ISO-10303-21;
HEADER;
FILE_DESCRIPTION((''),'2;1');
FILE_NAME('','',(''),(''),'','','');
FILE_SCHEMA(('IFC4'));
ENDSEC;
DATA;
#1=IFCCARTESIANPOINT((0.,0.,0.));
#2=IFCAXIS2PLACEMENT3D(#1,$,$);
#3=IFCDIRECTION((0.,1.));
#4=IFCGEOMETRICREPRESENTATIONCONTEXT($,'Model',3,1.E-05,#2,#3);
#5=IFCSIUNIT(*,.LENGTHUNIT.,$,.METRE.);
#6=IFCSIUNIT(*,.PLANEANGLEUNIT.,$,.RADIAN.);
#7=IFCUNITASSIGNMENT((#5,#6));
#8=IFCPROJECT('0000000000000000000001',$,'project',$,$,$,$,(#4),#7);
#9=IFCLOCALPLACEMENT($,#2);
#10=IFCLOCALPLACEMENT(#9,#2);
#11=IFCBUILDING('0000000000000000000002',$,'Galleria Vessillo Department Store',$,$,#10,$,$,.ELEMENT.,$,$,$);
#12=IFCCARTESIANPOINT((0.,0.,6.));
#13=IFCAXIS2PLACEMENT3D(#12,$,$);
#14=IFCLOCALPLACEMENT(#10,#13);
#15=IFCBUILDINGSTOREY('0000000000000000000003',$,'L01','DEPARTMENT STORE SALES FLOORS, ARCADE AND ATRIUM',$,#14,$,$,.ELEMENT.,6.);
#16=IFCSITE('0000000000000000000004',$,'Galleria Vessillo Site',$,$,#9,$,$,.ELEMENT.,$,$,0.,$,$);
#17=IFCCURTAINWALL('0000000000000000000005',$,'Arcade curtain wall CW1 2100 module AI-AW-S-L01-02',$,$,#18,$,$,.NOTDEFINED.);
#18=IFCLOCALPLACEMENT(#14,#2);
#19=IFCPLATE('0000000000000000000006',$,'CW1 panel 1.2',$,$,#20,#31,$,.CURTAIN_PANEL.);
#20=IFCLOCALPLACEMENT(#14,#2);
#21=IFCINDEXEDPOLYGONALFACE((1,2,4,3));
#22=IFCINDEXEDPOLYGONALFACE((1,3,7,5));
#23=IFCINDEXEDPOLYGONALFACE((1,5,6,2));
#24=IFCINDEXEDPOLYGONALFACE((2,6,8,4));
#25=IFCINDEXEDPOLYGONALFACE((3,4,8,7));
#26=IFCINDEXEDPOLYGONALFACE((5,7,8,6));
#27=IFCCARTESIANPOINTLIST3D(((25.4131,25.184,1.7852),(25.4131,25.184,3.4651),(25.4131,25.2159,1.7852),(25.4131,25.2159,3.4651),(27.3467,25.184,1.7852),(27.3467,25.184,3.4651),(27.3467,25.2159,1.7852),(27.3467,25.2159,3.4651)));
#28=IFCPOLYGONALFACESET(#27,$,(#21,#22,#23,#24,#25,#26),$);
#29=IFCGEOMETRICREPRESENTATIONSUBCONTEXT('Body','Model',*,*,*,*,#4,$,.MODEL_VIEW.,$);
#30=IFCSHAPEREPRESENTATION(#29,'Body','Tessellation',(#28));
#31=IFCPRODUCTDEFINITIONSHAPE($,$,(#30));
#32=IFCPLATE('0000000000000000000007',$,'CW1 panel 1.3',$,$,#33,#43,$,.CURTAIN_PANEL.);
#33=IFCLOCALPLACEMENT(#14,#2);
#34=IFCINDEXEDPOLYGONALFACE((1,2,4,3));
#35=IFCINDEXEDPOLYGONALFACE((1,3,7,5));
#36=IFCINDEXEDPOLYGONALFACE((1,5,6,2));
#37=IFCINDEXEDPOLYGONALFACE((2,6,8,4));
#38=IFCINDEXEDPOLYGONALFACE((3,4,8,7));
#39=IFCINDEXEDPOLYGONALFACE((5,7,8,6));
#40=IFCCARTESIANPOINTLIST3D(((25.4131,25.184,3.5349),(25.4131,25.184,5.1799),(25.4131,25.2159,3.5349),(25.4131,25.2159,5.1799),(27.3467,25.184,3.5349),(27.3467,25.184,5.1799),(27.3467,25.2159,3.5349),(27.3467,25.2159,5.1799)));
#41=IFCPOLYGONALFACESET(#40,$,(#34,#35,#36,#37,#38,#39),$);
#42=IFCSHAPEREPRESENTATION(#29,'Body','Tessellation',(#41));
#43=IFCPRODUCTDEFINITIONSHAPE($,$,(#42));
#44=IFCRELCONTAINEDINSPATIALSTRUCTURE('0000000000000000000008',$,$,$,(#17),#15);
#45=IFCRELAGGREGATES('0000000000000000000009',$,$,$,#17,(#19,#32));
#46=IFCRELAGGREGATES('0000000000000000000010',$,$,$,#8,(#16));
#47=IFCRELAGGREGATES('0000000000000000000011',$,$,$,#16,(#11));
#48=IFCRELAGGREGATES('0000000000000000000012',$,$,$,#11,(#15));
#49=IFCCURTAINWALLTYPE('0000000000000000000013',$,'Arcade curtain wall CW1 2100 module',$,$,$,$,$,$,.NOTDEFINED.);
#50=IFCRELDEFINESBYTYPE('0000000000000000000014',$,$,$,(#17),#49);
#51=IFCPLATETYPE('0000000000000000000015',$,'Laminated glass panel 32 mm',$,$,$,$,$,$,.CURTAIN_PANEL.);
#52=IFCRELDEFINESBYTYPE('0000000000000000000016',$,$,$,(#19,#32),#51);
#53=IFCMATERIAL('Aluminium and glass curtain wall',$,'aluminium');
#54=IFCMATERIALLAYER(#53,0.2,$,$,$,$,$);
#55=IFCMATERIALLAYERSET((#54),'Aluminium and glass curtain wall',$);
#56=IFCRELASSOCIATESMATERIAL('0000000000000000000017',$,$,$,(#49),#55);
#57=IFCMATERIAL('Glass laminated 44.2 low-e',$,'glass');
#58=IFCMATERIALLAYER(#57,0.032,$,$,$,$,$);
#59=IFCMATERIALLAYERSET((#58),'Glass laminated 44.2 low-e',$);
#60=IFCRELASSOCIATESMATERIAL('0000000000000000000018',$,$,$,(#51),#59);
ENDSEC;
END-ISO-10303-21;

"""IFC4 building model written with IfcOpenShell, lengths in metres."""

from ifc_helpers import new_model, si_unit, direction, frame, origin, origin_2d, place, context, subcontext, project, spatial, rectangle, extrude, material, layer, layer_set, type_object, element, aggregate, save


model = new_model("IFC4")

# Units and contexts
model_context = context("Model", 3, precision=1e-05, world=origin(), true_north=direction((0.0, 1.0)))
body_context = subcontext(model_context, "Body", "Model", "MODEL_VIEW")
ifc_project = project(units=[si_unit("LENGTHUNIT", "METRE"), si_unit("PLANEANGLEUNIT", "RADIAN")], contexts=[model_context])

# Site, building, storey
site_placement = place(None, origin())
site = spatial("IfcSite", under=ifc_project, at=site_placement, Name="Galleria Vessillo Site", CompositionType="ELEMENT", RefElevation=0.0)
building_placement = place(site_placement, origin())
building = spatial("IfcBuilding", under=site, at=building_placement, Name="Galleria Vessillo Department Store", CompositionType="ELEMENT")
storey_placement = place(building_placement, frame((0.0, 0.0, 6.0)))
storey = spatial("IfcBuildingStorey", under=building, at=storey_placement, Name="L01", Description="DEPARTMENT STORE SALES FLOORS, ARCADE AND ATRIUM", CompositionType="ELEMENT", Elevation=6.0)

# Curtain wall
ifc_material_1 = material(Name="Aluminium and glass curtain wall", Category="aluminium")
ifc_layer_1 = layer(ifc_material_1, 0.2)
ifc_layer_set_1 = layer_set([ifc_layer_1], Name="Aluminium and glass curtain wall")
curtain_wall_type = type_object("IfcCurtainWallType", Name="Arcade curtain wall CW1 2100 module", PredefinedType="NOTDEFINED", material=ifc_layer_set_1)
curtain_wall_1_placement = place(storey_placement, origin())
curtain_wall_1 = element("IfcCurtainWall", 1, at=curtain_wall_1_placement, inside=storey, type_object=curtain_wall_type, Name="Arcade curtain wall CW1 2100 module AI-AW-S-L01-02", PredefinedType="NOTDEFINED")

# Plates
ifc_material_2 = material(Name="Glass laminated 44.2 low-e", Category="glass")
ifc_layer_2 = layer(ifc_material_2, 0.032)
ifc_layer_set_2 = layer_set([ifc_layer_2], Name="Glass laminated 44.2 low-e")
plate_type = type_object("IfcPlateType", Name="Laminated glass panel 32 mm", PredefinedType="CURTAIN_PANEL", material=ifc_layer_set_2)
plate_1_placement = place(storey_placement, frame((26.3799, 25.2, 1.7852), z_axis=(0.0, 0.0, 1.0), x_axis=(1.0, 0.0, 0.0)))
plate_1 = element("IfcPlate", 2, at=plate_1_placement, type_object=plate_type, Name="CW1 panel 1.2", PredefinedType="CURTAIN_PANEL", context=body_context, shape_type="SweptSolid", body=[
    extrude(rectangle(XDim=1.9336, YDim=0.032, at=origin_2d()), origin(), (0.0, 0.0, 1.0), 1.6799),
])
plate_2_placement = place(storey_placement, frame((26.3799, 25.2, 3.5349), z_axis=(0.0, 0.0, 1.0), x_axis=(1.0, 0.0, 0.0)))
plate_2 = element("IfcPlate", 3, at=plate_2_placement, type_object=plate_type, Name="CW1 panel 1.3", PredefinedType="CURTAIN_PANEL", context=body_context, shape_type="SweptSolid", body=[
    extrude(rectangle(XDim=1.9336, YDim=0.032, at=origin_2d()), origin(), (0.0, 0.0, 1.0), 1.645),
])
aggregate(curtain_wall_1, [plate_1, plate_2])

save(model, "model.ifc")
